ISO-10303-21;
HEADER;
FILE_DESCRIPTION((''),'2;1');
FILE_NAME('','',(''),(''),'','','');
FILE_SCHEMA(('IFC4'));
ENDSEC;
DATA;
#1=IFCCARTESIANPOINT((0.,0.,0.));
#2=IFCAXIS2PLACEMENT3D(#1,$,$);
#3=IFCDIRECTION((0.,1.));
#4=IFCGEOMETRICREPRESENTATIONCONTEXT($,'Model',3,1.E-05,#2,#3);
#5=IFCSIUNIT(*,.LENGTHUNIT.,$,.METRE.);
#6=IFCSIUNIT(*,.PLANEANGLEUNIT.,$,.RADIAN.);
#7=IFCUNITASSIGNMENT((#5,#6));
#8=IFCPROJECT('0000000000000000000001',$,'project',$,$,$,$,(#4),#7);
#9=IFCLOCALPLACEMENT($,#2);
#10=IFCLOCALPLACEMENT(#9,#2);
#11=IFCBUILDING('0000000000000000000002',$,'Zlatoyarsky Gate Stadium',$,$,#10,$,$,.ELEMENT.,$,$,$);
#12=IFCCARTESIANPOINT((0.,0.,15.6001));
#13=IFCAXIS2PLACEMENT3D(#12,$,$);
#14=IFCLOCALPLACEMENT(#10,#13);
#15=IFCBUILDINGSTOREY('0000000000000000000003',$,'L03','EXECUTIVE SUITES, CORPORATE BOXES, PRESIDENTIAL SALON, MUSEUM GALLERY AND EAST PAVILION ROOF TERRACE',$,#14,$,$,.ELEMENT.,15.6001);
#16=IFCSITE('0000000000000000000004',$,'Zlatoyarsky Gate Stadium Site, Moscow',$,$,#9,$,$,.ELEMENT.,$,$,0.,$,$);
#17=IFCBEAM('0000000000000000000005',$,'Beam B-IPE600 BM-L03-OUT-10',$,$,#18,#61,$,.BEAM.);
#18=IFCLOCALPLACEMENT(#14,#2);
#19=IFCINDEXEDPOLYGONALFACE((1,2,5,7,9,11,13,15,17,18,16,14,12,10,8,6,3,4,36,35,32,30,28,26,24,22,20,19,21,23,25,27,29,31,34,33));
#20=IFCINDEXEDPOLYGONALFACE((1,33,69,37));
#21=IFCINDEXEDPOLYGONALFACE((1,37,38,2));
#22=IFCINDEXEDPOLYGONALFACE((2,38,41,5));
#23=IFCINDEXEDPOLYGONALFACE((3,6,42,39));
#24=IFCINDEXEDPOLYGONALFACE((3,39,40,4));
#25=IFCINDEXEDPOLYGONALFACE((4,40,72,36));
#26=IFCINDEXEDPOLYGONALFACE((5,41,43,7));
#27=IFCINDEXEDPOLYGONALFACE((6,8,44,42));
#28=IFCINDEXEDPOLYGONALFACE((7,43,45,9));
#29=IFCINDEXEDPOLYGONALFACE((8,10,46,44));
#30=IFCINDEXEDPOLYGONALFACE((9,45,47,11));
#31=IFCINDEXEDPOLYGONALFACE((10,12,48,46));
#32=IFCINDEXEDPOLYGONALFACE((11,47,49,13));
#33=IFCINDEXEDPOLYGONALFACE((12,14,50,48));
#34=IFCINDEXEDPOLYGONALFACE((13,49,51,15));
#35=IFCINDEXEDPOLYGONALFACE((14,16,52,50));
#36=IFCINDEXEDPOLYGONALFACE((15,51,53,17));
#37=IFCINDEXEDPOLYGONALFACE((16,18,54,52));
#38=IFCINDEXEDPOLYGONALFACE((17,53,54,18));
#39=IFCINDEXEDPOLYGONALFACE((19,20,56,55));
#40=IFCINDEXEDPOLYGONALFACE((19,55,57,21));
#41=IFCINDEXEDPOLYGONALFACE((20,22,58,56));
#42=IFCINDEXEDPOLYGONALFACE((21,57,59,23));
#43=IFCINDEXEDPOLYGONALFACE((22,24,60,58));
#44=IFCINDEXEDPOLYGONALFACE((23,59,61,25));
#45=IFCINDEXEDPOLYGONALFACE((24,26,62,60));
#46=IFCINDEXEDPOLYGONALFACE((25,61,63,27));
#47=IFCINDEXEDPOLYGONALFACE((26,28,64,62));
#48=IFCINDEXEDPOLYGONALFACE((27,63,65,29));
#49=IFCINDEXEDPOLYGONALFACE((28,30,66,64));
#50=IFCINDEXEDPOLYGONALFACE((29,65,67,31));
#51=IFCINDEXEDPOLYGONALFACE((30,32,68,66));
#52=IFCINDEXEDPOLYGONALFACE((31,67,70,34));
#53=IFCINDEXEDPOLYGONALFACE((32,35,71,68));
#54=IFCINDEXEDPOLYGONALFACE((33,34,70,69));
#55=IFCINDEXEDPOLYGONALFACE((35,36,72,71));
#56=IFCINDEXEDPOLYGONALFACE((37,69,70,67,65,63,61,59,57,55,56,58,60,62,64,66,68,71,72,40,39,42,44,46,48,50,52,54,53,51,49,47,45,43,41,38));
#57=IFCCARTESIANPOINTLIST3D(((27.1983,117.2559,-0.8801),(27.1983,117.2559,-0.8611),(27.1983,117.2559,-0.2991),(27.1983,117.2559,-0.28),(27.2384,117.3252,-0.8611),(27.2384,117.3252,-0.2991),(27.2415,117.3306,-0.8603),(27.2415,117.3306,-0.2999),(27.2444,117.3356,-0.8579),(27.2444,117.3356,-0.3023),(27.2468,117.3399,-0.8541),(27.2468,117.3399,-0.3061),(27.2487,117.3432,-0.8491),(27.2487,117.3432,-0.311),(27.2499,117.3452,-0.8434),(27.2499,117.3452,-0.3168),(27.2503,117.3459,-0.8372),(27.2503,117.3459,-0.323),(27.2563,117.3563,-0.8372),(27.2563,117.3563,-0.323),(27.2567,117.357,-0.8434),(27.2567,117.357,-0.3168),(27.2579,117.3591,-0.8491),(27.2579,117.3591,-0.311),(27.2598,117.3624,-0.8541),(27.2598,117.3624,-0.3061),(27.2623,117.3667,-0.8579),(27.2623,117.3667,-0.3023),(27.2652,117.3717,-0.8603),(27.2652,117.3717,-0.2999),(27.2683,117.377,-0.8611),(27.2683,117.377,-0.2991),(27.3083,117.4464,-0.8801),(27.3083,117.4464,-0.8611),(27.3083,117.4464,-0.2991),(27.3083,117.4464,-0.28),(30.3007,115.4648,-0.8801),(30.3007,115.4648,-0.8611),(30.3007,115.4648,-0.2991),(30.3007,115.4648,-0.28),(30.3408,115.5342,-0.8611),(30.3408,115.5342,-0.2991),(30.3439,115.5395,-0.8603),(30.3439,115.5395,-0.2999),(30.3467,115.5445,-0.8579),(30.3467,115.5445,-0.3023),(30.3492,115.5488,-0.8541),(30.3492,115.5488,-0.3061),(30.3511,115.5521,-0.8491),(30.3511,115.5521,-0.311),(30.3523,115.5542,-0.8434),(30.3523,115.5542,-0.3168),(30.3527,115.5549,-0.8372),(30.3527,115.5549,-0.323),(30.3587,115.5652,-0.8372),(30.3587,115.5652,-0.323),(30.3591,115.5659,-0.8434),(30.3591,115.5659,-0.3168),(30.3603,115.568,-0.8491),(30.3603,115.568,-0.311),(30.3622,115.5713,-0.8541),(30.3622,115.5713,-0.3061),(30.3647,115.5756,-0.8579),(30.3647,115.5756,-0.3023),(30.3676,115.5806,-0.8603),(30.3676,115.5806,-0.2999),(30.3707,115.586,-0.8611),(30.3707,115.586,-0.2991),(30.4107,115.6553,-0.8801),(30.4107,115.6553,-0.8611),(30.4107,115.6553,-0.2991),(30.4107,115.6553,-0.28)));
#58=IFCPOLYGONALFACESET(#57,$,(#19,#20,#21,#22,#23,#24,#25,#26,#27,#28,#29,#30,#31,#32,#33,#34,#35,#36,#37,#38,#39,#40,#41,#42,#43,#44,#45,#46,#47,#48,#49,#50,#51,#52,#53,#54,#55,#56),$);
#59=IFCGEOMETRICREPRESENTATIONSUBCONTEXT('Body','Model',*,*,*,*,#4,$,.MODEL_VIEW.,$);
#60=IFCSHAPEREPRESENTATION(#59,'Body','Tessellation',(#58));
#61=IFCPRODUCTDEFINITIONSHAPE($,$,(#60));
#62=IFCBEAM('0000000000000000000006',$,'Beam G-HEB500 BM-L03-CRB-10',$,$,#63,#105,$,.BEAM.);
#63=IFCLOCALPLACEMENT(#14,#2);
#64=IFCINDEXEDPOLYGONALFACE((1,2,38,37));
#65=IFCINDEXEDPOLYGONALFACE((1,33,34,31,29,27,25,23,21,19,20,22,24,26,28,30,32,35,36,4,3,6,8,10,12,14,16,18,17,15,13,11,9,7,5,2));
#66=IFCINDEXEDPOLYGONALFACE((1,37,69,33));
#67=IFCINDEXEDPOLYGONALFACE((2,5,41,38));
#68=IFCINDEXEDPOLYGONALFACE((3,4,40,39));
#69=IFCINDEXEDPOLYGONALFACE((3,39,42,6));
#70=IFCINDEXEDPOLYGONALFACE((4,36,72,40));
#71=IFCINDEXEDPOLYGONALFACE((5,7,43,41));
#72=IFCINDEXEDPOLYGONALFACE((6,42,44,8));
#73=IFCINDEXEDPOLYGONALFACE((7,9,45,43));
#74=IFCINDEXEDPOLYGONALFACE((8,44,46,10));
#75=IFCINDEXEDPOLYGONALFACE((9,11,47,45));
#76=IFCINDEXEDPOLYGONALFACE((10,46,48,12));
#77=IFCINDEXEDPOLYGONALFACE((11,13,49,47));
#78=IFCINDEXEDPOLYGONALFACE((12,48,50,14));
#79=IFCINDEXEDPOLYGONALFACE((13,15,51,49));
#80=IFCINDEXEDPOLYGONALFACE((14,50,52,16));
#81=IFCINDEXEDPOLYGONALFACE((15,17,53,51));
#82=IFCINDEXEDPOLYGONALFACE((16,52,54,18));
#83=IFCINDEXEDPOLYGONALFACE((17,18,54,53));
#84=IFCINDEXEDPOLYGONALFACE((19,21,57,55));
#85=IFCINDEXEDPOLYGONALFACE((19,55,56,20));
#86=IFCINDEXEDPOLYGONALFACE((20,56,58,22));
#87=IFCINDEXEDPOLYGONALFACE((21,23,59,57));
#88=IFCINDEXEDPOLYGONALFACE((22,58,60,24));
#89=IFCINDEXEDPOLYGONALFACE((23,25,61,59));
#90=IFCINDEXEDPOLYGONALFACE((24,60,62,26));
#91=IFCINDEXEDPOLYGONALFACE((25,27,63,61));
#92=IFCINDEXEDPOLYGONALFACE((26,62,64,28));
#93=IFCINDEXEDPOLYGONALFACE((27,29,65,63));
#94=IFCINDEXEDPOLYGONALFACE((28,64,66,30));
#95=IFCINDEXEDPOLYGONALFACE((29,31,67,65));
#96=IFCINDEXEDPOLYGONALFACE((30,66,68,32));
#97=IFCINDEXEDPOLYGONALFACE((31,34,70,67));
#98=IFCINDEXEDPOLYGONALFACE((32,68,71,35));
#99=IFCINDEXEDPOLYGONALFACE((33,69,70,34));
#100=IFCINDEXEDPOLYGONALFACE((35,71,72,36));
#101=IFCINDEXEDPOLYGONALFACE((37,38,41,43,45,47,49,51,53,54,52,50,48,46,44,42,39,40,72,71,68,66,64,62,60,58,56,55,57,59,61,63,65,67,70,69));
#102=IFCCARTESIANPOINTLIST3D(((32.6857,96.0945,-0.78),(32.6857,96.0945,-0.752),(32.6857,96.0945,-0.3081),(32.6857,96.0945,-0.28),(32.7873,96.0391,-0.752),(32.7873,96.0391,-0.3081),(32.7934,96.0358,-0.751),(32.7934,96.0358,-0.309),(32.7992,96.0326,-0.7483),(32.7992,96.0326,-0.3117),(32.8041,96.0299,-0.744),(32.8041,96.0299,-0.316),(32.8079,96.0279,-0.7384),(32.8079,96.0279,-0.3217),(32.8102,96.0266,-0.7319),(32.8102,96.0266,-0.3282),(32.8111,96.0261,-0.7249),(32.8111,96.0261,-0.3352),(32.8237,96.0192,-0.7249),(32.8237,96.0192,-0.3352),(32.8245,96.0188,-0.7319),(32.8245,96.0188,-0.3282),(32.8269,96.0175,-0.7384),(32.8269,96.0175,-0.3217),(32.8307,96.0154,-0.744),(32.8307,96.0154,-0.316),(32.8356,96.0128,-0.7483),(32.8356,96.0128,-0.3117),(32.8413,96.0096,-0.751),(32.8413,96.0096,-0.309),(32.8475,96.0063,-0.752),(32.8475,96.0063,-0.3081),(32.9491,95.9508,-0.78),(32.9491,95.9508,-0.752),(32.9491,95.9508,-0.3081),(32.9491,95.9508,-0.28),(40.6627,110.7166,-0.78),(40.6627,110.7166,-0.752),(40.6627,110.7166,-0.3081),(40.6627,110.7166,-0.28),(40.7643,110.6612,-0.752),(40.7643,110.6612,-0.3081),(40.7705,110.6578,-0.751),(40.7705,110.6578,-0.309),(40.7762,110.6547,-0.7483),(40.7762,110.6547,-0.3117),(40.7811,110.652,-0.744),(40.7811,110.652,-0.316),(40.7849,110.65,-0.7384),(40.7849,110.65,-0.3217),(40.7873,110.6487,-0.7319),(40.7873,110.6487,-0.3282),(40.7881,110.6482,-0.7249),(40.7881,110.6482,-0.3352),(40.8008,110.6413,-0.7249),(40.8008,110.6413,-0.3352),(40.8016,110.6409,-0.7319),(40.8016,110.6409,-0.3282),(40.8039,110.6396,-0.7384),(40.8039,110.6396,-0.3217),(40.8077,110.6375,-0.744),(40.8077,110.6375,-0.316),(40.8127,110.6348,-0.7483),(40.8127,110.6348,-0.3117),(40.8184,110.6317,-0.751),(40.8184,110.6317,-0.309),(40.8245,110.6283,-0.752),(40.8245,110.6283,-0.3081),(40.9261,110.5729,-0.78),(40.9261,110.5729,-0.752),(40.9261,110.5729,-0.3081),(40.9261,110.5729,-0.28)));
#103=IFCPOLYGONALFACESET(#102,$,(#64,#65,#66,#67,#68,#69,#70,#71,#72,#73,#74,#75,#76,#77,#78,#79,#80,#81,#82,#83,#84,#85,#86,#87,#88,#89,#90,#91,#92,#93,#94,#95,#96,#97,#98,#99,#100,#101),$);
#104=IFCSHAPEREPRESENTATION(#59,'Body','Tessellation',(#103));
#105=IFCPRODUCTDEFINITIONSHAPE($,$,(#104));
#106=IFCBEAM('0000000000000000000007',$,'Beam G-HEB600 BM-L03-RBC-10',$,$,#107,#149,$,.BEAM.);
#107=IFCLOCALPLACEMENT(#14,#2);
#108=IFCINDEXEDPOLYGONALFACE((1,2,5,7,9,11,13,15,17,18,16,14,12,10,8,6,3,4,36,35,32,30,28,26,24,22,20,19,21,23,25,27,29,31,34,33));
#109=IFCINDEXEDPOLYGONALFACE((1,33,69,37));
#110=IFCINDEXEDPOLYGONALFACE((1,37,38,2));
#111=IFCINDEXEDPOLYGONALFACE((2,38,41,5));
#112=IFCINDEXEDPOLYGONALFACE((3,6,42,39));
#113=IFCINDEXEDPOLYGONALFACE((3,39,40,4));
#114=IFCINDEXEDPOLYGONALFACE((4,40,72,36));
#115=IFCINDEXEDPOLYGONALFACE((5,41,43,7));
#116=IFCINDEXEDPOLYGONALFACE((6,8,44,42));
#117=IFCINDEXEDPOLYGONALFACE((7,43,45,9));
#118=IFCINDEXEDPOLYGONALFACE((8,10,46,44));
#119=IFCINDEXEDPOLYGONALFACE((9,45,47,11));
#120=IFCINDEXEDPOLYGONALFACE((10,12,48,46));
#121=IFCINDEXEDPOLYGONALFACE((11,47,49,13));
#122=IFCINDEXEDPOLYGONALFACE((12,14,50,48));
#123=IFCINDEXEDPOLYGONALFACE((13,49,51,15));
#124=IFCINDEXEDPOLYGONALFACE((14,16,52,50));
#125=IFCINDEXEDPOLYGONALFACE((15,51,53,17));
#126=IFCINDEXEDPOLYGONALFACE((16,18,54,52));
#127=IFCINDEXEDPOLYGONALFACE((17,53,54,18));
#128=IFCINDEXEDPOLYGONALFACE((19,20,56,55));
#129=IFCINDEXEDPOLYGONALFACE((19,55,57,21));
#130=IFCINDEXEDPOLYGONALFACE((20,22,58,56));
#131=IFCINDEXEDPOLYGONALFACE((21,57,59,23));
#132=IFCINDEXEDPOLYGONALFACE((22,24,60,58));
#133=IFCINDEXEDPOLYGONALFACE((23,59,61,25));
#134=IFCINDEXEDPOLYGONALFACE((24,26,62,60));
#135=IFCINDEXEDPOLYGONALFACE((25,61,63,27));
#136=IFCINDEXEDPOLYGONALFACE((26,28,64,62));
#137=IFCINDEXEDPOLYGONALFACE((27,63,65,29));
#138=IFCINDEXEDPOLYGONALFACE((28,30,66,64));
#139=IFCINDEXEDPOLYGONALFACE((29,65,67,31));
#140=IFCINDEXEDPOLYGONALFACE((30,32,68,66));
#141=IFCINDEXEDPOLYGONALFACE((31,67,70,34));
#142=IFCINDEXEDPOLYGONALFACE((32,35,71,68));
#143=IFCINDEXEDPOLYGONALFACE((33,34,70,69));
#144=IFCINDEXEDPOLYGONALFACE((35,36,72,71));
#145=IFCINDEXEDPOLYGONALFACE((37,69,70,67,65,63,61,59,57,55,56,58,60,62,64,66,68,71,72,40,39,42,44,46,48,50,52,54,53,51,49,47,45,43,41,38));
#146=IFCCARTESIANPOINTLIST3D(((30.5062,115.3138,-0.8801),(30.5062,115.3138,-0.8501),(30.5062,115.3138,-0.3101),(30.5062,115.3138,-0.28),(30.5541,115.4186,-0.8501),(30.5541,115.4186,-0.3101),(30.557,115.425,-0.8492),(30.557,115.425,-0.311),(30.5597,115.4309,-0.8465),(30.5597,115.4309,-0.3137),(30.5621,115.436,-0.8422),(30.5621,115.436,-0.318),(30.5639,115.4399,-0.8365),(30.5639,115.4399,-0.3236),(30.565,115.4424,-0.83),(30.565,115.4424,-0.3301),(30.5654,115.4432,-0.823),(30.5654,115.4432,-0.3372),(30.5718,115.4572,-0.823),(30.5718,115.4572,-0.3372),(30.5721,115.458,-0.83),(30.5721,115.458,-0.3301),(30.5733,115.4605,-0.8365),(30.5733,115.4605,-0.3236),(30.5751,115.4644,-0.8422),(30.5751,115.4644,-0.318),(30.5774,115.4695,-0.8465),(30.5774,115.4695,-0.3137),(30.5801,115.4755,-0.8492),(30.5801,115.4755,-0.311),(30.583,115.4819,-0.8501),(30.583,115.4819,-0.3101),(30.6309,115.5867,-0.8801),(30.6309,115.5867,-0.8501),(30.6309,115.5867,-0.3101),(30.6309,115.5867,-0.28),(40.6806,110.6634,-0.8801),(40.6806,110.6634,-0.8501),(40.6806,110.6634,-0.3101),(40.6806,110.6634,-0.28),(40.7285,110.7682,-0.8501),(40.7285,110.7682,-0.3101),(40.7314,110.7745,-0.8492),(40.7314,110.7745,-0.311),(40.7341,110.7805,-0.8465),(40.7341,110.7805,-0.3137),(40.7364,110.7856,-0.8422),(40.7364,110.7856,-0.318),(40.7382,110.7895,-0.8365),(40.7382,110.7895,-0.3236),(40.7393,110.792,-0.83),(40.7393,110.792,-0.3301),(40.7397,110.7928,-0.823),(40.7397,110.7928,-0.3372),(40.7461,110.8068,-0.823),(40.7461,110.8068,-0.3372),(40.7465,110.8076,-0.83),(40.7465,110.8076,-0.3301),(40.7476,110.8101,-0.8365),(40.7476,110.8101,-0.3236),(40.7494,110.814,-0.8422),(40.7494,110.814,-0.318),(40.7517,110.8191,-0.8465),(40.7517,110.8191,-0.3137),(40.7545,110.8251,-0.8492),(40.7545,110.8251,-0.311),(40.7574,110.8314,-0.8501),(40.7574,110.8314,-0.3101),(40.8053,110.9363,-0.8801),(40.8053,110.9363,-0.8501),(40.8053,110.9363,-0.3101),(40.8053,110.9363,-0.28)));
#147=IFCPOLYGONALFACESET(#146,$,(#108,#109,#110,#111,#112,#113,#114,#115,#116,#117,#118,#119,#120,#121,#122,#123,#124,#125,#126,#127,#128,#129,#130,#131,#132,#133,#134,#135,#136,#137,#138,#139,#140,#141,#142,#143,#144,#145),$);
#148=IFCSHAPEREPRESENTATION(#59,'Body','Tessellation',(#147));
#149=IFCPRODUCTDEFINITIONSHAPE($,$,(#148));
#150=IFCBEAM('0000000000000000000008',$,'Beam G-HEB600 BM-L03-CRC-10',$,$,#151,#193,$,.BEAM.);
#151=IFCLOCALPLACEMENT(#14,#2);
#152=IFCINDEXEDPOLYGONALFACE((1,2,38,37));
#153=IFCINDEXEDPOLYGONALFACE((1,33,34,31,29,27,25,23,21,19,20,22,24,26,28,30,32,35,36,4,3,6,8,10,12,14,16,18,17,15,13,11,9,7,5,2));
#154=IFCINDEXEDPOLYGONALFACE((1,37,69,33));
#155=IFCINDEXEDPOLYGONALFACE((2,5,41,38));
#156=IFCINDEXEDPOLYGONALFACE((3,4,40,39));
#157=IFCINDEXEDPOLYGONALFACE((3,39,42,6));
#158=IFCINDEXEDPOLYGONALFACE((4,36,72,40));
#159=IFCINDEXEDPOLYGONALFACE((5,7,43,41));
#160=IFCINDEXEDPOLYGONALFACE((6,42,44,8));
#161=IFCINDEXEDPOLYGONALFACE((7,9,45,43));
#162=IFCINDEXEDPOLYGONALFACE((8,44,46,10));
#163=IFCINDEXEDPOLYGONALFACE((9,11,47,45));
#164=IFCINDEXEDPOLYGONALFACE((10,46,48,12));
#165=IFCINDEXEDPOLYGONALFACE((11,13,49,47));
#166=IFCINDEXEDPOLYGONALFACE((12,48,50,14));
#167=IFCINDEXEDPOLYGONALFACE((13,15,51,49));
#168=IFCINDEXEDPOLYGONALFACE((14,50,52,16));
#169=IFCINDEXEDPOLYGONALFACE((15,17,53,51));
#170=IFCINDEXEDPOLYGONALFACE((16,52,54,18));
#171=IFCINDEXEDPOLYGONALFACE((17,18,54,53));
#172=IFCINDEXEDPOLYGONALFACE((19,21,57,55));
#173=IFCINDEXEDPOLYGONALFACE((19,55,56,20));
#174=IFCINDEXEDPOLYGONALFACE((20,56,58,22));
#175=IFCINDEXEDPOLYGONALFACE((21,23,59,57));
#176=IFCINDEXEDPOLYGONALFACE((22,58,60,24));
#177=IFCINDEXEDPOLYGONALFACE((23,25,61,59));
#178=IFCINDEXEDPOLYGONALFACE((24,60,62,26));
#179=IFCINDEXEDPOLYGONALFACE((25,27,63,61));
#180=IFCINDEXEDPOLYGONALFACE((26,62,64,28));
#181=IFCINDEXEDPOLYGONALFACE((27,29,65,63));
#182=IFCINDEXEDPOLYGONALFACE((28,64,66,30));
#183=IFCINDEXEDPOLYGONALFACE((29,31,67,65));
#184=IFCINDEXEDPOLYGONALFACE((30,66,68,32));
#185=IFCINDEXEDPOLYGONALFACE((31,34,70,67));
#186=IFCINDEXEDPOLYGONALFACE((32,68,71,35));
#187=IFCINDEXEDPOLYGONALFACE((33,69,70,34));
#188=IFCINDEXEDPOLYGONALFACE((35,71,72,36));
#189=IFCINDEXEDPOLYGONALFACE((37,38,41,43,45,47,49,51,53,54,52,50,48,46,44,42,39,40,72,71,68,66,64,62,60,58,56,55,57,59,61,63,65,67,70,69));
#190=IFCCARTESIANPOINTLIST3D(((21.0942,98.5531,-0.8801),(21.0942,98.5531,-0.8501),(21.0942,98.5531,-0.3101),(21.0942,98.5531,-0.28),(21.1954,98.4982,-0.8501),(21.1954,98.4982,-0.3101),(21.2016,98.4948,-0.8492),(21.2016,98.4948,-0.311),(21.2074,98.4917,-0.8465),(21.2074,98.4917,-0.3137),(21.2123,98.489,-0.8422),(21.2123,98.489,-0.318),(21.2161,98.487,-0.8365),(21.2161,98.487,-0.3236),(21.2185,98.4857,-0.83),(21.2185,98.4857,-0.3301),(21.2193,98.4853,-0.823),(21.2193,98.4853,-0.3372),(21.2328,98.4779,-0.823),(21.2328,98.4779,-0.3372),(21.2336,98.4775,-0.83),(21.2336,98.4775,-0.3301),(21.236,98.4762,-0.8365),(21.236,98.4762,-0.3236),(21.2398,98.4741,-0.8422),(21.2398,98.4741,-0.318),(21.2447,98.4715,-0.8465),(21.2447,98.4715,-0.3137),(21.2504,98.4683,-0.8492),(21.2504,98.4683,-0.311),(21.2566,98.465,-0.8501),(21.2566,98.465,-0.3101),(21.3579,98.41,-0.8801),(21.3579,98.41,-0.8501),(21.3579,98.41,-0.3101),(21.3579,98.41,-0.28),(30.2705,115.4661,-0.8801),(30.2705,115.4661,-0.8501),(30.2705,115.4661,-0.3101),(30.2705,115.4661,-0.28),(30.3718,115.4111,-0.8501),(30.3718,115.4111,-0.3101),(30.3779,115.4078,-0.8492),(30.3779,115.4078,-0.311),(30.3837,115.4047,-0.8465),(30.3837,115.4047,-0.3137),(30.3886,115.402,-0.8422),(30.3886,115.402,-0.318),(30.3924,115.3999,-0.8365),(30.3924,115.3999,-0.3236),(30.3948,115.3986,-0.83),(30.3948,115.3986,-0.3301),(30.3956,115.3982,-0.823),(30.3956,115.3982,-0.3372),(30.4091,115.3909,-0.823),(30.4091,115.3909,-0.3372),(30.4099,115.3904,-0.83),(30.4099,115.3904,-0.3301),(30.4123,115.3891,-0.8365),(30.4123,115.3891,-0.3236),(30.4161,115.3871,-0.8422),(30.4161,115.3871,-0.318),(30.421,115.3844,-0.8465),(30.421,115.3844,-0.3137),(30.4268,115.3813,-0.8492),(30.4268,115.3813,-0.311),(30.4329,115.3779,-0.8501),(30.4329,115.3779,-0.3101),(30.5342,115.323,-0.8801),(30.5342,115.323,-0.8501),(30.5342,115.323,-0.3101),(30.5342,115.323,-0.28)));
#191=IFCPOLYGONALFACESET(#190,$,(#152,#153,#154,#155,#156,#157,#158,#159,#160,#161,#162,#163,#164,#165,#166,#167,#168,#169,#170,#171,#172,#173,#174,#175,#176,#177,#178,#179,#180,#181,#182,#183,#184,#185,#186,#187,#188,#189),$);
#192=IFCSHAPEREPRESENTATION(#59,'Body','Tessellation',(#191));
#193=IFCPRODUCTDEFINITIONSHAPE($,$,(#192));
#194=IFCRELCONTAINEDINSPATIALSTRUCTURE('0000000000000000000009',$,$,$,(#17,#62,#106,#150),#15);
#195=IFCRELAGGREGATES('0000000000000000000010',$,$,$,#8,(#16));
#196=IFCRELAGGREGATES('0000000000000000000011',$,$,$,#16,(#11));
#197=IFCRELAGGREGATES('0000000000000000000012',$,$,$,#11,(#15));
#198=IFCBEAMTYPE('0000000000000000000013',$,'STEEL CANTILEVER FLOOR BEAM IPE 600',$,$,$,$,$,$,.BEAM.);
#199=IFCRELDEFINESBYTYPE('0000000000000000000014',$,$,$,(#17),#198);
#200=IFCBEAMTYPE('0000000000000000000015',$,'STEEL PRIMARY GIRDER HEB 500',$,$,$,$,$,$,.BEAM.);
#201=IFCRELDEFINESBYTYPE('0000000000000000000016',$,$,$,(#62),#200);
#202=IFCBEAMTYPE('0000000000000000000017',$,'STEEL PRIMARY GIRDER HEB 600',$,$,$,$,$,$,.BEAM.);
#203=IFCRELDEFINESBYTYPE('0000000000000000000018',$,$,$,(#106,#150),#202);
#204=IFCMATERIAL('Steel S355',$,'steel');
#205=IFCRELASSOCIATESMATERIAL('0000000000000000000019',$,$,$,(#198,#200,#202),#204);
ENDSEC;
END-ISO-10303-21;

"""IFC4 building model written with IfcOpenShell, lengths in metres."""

from ifc_helpers import new_model, si_unit, direction, frame, origin, origin_2d, place, context, subcontext, project, spatial, i_section, extrude, material, material_profile, profile_set, type_object, element, save


model = new_model("IFC4")

# Units and contexts
model_context = context("Model", 3, precision=1e-05, world=origin(), true_north=direction((0.0, 1.0)))
body_context = subcontext(model_context, "Body", "Model", "MODEL_VIEW")
ifc_project = project(units=[si_unit("LENGTHUNIT", "METRE"), si_unit("PLANEANGLEUNIT", "RADIAN")], contexts=[model_context])

# Site, building, storey
site_placement = place(None, origin())
site = spatial("IfcSite", under=ifc_project, at=site_placement, Name="Zlatoyarsky Gate Stadium Site, Moscow", CompositionType="ELEMENT", RefElevation=0.0)
building_placement = place(site_placement, origin())
building = spatial("IfcBuilding", under=site, at=building_placement, Name="Zlatoyarsky Gate Stadium", CompositionType="ELEMENT")
storey_placement = place(building_placement, frame((0.0, 0.0, 15.6001)))
storey = spatial("IfcBuildingStorey", under=building, at=storey_placement, Name="L03", Description="EXECUTIVE SUITES, CORPORATE BOXES, PRESIDENTIAL SALON, MUSEUM GALLERY AND EAST PAVILION ROOF TERRACE", CompositionType="ELEMENT", Elevation=15.6001)

# Shared definitions
ifc_material_1 = material(Name="Steel S355", Category="steel")

# Beams
ifc_material_profile_1 = material_profile(ifc_material_1, i_section(OverallWidth=0.22, OverallDepth=0.6001, WebThickness=0.012, FlangeThickness=0.019, FilletRadius=0.0239, at=origin_2d()), Name="IPE 600")
ifc_profile_set_1 = profile_set([ifc_material_profile_1], Name="Steel S355")
beam_type_1 = type_object("IfcBeamType", Name="STEEL CANTILEVER FLOOR BEAM IPE 600", PredefinedType="BEAM", material=ifc_profile_set_1)
beam_1_placement = place(storey_placement, frame((30.3557, 115.5601, -0.5801), z_axis=(-0.866037, 0.49998, 0.0), x_axis=(-0.49998, -0.866037, 0.0)))
element("IfcBeam", 1, at=beam_1_placement, inside=storey, type_object=beam_type_1, Name="Beam B-IPE600 BM-L03-OUT-10", PredefinedType="BEAM", context=body_context, shape_type="SweptSolid", body=[
    extrude(i_section(OverallWidth=0.22, OverallDepth=0.6001, WebThickness=0.012, FlangeThickness=0.019, FilletRadius=0.0239, at=origin_2d()), origin(), (0.0, 0.0, 1.0), 3.5823),
])
ifc_material_profile_2 = material_profile(ifc_material_1, i_section(OverallWidth=0.3, OverallDepth=0.5, WebThickness=0.0144, FlangeThickness=0.0281, FilletRadius=0.0271, at=origin_2d()), Name="HEB 500")
ifc_profile_set_2 = profile_set([ifc_material_profile_2], Name="Steel S355")
beam_type_2 = type_object("IfcBeamType", Name="STEEL PRIMARY GIRDER HEB 500", PredefinedType="BEAM", material=ifc_profile_set_2)
beam_2_placement = place(storey_placement, frame((40.7944, 110.6448, -0.53), z_axis=(-0.478916, -0.877861, 0.0), x_axis=(0.877861, -0.478916, 0.0)))
element("IfcBeam", 2, at=beam_2_placement, inside=storey, type_object=beam_type_2, Name="Beam G-HEB500 BM-L03-CRB-10", PredefinedType="BEAM", context=body_context, shape_type="SweptSolid", body=[
    extrude(i_section(OverallWidth=0.3, OverallDepth=0.5, WebThickness=0.0144, FlangeThickness=0.0281, FilletRadius=0.0271, at=origin_2d()), origin(), (0.0, 0.0, 1.0), 16.6565),
])
ifc_material_profile_3 = material_profile(ifc_material_1, i_section(OverallWidth=0.3, OverallDepth=0.6001, WebThickness=0.0154, FlangeThickness=0.03, FilletRadius=0.0271, at=origin_2d()), Name="HEB 600")
ifc_profile_set_3 = profile_set([ifc_material_profile_3], Name="Steel S355")
beam_type_3 = type_object("IfcBeamType", Name="STEEL PRIMARY GIRDER HEB 600", PredefinedType="BEAM", material=ifc_profile_set_3)
beam_3_placement = place(storey_placement, frame((40.7429, 110.7998, -0.5801), z_axis=(-0.909499, 0.415706, 0.0), x_axis=(-0.415706, -0.909499, 0.0)))
element("IfcBeam", 3, at=beam_3_placement, inside=storey, type_object=beam_type_3, Name="Beam G-HEB600 BM-L03-RBC-10", PredefinedType="BEAM", context=body_context, shape_type="SweptSolid", body=[
    extrude(i_section(OverallWidth=0.3, OverallDepth=0.6001, WebThickness=0.0154, FlangeThickness=0.03, FilletRadius=0.0271, at=origin_2d()), origin(), (0.0, 0.0, 1.0), 11.1868),
])
beam_4_placement = place(storey_placement, frame((30.4023, 115.3945, -0.5801), z_axis=(-0.476892, -0.878962, 0.0), x_axis=(0.878962, -0.476892, 0.0)))
element("IfcBeam", 4, at=beam_4_placement, inside=storey, type_object=beam_type_3, Name="Beam G-HEB600 BM-L03-CRC-10", PredefinedType="BEAM", context=body_context, shape_type="SweptSolid", body=[
    extrude(i_section(OverallWidth=0.3, OverallDepth=0.6001, WebThickness=0.0154, FlangeThickness=0.03, FilletRadius=0.0271, at=origin_2d()), origin(), (0.0, 0.0, 1.0), 19.2419),
])

save(model, "model.ifc")
